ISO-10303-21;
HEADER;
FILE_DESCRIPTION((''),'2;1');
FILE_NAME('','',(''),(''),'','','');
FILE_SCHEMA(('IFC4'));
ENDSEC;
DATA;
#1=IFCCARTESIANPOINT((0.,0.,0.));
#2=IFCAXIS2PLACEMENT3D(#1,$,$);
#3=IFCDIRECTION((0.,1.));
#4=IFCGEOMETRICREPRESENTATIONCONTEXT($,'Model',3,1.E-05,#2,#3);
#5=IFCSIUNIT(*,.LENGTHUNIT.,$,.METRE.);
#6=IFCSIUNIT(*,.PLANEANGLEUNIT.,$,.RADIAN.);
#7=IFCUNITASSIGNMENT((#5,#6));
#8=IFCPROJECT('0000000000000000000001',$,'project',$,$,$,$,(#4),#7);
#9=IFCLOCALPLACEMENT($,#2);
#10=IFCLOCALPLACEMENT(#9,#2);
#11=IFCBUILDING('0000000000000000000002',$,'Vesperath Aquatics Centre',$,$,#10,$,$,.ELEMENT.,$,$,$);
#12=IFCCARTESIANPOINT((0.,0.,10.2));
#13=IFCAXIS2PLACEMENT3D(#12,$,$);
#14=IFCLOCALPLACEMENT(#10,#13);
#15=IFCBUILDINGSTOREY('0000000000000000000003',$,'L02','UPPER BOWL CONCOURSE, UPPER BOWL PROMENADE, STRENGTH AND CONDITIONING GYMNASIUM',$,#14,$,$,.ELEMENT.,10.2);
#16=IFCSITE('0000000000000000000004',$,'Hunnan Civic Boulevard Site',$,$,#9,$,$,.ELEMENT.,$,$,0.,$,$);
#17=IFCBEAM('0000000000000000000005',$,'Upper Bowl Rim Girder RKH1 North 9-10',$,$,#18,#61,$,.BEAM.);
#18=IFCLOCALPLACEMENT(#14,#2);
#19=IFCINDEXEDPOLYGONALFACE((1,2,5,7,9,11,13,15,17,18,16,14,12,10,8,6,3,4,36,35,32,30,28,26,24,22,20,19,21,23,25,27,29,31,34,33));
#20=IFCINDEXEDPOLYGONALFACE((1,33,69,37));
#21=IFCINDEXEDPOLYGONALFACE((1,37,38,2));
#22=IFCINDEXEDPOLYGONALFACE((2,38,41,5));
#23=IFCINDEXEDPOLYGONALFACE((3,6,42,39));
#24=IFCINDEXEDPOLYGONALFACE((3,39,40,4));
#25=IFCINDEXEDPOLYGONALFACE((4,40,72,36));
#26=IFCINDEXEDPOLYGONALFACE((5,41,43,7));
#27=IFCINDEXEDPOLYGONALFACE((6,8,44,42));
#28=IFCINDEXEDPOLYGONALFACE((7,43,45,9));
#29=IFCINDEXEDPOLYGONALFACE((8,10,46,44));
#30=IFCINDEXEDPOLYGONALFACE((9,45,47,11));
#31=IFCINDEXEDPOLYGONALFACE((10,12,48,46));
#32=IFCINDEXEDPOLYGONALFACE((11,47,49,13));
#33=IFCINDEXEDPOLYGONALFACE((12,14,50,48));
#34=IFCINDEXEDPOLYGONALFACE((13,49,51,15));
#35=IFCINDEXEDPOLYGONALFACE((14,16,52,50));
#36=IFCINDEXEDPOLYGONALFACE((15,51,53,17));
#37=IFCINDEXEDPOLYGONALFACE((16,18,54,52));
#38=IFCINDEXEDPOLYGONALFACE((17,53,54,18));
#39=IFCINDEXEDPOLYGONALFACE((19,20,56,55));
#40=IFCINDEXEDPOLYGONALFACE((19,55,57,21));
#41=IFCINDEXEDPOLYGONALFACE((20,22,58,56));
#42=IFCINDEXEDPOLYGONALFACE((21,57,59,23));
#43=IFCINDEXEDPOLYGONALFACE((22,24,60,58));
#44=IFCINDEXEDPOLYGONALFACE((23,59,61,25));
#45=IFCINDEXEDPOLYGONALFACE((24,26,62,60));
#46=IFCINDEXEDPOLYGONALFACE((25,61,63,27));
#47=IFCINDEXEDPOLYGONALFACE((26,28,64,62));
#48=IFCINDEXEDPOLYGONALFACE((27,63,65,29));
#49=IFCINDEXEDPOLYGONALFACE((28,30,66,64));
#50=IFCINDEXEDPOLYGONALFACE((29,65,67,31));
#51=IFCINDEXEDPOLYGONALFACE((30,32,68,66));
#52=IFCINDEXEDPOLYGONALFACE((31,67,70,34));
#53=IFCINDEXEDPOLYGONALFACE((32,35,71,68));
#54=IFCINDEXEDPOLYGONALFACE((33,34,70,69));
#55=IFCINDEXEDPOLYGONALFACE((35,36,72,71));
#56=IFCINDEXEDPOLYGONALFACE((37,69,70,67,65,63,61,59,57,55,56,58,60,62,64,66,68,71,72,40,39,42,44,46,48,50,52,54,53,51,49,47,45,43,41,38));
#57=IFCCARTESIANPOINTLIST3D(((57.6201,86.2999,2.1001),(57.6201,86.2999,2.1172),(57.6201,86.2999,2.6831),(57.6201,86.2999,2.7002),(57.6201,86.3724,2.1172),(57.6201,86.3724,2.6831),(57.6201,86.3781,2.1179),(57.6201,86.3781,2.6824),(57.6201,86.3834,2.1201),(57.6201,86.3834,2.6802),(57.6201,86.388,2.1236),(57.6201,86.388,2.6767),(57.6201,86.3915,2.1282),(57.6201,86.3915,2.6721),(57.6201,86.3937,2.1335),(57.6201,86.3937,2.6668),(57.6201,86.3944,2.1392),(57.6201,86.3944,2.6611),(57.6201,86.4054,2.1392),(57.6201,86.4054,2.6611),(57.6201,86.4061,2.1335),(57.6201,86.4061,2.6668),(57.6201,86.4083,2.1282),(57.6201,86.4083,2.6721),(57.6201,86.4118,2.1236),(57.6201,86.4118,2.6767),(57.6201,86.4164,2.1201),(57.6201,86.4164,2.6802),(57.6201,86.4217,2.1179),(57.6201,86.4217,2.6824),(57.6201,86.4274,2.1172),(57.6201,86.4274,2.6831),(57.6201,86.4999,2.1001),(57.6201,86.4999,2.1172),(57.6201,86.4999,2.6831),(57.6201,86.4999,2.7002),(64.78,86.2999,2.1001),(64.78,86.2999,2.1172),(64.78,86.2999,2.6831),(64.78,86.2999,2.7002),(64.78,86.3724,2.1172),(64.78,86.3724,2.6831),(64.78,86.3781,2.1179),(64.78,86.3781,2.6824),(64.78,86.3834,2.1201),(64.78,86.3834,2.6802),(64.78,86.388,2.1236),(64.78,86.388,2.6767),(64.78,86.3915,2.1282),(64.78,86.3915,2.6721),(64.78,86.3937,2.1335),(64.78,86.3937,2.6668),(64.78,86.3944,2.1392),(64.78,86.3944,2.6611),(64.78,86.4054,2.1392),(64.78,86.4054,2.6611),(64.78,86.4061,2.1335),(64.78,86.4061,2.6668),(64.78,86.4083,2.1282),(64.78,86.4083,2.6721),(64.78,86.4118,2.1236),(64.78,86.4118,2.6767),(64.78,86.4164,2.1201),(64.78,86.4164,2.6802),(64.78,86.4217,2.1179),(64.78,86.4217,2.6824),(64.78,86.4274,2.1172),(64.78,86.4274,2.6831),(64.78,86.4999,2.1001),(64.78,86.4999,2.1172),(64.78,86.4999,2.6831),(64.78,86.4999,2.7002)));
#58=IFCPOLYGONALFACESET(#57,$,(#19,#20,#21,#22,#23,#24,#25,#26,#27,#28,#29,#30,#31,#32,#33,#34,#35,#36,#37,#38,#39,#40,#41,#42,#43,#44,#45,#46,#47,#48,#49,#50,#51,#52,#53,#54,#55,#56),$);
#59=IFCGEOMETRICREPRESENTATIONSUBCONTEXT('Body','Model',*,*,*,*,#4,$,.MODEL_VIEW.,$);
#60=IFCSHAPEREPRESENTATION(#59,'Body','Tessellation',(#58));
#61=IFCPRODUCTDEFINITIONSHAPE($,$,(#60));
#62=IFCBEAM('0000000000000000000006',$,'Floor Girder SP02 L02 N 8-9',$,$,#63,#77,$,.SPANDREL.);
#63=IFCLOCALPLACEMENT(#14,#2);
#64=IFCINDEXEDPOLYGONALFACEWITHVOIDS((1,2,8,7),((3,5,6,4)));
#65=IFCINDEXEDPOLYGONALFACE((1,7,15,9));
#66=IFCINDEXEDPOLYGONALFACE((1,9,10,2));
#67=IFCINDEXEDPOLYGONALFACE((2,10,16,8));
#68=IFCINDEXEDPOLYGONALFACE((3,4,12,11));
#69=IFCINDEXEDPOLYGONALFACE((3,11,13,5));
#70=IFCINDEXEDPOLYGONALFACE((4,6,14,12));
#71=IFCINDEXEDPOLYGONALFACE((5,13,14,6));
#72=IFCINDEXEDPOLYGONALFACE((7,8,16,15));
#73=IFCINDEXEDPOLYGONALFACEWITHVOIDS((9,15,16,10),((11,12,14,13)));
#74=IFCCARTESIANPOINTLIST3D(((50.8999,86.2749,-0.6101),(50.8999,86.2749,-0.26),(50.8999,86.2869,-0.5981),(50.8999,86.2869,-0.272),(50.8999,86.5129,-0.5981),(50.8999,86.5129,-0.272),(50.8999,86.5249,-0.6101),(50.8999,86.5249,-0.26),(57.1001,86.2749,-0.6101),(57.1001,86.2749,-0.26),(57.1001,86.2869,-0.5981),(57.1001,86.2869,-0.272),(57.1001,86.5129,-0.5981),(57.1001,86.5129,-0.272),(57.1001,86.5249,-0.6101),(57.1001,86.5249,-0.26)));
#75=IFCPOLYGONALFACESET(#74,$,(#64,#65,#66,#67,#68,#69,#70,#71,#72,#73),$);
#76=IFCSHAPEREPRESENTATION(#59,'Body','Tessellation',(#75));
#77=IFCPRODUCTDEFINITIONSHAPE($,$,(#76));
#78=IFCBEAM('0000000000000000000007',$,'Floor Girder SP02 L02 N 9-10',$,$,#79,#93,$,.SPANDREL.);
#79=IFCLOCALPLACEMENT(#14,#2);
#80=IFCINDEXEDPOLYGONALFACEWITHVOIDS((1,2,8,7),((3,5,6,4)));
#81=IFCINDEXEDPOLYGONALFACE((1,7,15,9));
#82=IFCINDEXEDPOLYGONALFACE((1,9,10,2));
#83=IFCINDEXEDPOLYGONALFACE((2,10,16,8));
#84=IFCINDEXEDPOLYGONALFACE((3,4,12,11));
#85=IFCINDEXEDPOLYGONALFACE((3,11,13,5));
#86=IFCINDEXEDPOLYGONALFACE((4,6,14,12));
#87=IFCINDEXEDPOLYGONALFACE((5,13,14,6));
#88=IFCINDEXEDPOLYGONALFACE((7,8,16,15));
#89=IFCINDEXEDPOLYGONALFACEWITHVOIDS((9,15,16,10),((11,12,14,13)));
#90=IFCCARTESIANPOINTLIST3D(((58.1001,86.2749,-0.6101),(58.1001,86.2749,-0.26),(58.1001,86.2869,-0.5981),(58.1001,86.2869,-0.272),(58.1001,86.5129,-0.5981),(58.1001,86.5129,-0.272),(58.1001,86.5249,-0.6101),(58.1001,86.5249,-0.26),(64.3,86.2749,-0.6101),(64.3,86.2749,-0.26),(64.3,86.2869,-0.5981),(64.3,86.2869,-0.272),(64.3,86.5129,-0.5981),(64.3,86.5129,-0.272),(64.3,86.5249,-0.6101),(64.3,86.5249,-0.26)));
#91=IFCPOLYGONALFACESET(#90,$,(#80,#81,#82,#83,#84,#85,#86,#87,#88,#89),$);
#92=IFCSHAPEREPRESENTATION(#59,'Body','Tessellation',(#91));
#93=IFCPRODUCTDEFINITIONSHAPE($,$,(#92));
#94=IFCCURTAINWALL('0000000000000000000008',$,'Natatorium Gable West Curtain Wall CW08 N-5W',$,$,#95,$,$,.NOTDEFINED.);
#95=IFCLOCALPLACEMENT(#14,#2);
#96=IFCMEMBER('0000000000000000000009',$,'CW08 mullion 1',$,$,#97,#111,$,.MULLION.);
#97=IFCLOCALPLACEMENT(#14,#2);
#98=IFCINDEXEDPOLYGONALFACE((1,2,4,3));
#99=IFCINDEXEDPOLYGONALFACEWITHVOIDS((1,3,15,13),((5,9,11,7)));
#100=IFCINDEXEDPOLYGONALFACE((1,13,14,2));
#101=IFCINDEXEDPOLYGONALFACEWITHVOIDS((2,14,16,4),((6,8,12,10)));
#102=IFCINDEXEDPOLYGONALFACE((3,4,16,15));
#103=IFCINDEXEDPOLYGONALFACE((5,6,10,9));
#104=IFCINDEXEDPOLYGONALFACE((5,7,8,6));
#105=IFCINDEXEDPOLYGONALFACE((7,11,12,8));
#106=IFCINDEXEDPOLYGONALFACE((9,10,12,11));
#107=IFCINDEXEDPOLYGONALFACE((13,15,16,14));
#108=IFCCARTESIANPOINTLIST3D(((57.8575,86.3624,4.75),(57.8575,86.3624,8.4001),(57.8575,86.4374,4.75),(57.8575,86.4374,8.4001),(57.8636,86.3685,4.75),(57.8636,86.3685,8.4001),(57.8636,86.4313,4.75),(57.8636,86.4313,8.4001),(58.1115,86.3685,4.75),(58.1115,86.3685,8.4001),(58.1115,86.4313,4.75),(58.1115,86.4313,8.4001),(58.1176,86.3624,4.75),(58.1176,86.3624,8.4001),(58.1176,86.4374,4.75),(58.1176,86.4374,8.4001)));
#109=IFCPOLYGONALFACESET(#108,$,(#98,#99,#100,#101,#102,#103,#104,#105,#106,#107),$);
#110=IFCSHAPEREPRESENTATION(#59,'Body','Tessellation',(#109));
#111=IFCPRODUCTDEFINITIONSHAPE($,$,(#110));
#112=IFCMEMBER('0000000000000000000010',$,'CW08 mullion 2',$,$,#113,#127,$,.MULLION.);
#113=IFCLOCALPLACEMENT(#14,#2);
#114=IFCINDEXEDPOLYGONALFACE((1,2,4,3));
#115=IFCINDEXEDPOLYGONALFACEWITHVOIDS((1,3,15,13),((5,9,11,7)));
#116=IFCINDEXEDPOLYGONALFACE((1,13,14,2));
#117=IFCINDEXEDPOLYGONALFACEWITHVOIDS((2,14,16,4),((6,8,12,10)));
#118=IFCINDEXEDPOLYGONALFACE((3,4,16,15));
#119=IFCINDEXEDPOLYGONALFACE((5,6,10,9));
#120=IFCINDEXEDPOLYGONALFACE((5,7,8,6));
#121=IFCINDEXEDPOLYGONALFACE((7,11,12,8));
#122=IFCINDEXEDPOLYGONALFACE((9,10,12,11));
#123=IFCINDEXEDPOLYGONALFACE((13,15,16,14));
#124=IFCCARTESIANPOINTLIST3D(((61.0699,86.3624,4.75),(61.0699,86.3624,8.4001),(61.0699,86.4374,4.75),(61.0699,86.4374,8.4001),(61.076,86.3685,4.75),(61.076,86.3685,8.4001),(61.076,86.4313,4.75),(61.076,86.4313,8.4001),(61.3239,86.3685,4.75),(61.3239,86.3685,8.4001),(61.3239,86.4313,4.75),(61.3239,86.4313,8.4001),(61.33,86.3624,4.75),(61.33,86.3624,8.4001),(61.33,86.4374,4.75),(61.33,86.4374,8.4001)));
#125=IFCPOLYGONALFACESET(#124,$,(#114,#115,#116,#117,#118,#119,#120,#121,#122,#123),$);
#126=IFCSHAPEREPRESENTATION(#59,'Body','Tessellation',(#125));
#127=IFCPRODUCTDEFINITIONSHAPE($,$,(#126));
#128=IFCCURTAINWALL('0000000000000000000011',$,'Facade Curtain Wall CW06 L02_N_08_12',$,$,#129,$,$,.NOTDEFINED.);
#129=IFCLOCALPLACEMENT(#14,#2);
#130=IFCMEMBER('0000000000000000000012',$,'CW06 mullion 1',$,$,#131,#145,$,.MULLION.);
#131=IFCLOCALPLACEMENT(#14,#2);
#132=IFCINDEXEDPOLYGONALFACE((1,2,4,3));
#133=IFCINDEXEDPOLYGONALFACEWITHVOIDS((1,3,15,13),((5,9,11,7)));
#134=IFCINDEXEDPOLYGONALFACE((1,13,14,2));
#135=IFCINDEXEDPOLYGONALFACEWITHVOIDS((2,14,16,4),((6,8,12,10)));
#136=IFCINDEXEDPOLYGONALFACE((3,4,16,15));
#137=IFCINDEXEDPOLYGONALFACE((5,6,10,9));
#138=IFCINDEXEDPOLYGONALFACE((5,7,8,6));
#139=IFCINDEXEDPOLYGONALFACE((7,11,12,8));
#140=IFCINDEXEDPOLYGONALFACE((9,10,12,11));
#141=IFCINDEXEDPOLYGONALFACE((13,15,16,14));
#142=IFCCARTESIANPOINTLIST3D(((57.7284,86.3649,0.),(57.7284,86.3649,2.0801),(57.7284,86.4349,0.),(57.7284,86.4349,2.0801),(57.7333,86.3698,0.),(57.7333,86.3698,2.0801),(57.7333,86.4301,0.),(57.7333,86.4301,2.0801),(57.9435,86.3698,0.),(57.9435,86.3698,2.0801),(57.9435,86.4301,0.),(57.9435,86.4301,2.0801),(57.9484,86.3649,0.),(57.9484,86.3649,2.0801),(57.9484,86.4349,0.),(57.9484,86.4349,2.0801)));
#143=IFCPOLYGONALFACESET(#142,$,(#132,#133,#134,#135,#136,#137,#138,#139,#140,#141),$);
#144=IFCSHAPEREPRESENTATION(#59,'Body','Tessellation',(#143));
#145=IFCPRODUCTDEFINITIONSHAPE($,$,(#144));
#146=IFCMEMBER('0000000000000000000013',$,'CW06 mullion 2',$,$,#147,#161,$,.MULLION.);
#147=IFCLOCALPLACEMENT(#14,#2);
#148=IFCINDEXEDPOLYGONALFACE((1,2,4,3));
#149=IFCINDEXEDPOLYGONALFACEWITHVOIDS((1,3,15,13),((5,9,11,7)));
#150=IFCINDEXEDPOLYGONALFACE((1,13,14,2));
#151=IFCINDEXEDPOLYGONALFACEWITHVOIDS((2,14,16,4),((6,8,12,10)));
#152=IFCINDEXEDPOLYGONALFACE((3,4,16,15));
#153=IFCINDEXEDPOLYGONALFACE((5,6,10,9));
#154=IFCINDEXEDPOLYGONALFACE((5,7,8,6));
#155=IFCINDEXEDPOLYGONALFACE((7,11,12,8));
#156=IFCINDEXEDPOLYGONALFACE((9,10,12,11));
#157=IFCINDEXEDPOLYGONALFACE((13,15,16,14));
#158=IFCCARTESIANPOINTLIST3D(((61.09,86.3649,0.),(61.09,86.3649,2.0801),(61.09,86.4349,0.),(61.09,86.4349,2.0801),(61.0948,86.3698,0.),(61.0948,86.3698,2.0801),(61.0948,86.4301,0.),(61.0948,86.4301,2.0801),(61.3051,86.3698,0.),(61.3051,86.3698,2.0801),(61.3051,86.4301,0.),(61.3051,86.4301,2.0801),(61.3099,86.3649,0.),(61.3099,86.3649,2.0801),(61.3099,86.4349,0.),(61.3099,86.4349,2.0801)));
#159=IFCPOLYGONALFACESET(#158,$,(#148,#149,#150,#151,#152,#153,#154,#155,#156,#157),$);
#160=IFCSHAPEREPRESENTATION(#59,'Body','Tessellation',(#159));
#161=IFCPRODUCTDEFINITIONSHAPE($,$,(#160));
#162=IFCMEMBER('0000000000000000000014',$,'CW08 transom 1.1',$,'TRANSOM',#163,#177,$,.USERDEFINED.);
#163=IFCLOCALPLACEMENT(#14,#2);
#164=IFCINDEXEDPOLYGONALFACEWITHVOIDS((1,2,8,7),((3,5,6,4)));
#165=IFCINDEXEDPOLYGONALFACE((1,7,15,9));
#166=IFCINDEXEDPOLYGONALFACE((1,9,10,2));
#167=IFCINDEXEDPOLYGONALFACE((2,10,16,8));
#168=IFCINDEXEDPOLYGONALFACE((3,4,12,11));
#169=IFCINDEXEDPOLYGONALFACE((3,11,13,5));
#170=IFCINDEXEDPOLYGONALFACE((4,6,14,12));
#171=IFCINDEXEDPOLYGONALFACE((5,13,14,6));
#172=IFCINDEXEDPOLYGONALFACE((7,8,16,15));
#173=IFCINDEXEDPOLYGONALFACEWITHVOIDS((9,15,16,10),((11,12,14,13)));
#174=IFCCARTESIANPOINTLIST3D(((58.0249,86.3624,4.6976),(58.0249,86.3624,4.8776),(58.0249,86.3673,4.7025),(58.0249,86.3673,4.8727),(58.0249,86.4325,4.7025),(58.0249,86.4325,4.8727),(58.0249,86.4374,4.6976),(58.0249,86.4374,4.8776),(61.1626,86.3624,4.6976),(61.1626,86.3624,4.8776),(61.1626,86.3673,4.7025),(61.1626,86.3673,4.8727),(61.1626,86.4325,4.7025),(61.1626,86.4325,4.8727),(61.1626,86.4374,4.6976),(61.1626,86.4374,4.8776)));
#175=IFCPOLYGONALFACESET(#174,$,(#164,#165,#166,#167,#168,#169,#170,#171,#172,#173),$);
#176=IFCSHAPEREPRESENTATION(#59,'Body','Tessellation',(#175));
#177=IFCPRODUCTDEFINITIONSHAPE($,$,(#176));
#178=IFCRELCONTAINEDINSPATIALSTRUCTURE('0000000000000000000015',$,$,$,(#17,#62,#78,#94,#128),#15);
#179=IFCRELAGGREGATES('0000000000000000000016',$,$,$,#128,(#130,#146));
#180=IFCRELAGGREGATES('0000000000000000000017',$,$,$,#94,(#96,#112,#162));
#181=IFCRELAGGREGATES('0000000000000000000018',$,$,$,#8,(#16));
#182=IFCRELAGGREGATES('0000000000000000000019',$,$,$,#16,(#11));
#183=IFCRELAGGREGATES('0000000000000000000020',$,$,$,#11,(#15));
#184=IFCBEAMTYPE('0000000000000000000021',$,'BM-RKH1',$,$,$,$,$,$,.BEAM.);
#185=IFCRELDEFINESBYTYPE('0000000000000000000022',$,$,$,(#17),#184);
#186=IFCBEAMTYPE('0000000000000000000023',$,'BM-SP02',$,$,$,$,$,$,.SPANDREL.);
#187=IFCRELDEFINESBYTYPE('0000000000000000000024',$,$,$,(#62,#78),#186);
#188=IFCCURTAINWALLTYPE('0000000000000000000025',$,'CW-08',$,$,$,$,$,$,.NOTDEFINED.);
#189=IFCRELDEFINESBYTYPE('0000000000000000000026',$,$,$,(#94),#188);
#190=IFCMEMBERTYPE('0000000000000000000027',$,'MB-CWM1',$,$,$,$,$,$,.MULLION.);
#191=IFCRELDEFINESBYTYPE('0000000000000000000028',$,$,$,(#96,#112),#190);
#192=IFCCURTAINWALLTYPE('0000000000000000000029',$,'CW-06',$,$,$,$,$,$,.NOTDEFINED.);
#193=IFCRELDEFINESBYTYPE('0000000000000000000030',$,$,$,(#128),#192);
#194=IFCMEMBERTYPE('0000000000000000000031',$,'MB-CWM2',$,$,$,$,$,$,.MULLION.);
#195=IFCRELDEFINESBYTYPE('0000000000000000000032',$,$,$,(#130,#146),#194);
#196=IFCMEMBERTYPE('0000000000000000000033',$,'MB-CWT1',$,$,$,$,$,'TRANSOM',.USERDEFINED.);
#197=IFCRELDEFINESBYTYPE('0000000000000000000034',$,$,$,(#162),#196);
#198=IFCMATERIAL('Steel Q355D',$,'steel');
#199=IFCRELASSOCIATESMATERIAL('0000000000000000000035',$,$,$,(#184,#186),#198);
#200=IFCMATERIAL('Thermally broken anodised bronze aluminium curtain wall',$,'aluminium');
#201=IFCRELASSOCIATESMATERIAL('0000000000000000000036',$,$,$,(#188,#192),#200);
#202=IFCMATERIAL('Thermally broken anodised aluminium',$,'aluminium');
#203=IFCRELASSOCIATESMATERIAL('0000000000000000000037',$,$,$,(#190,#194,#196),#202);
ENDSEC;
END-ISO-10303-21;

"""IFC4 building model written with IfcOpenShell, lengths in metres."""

from ifc_helpers import new_model, si_unit, direction, frame, origin, origin_2d, place, context, subcontext, project, spatial, hollow_rectangle, i_section, extrude, material, material_profile, profile_set, type_object, element, aggregate, save


model = new_model("IFC4")

# Units and contexts
model_context = context("Model", 3, precision=1e-05, world=origin(), true_north=direction((0.0, 1.0)))
body_context = subcontext(model_context, "Body", "Model", "MODEL_VIEW")
ifc_project = project(units=[si_unit("LENGTHUNIT", "METRE"), si_unit("PLANEANGLEUNIT", "RADIAN")], contexts=[model_context])

# Site, building, storey
site_placement = place(None, origin())
site = spatial("IfcSite", under=ifc_project, at=site_placement, Name="Hunnan Civic Boulevard Site", CompositionType="ELEMENT", RefElevation=0.0)
building_placement = place(site_placement, origin())
building = spatial("IfcBuilding", under=site, at=building_placement, Name="Vesperath Aquatics Centre", CompositionType="ELEMENT")
storey_placement = place(building_placement, frame((0.0, 0.0, 10.2)))
storey = spatial("IfcBuildingStorey", under=building, at=storey_placement, Name="L02", Description="UPPER BOWL CONCOURSE, UPPER BOWL PROMENADE, STRENGTH AND CONDITIONING GYMNASIUM", CompositionType="ELEMENT", Elevation=10.2)

# Shared definitions
ifc_material_1 = material(Name="Steel Q355D", Category="steel")

# Beams
ifc_material_profile_1 = material_profile(ifc_material_1, i_section(OverallWidth=0.2, OverallDepth=0.6001, WebThickness=0.011, FlangeThickness=0.0171, FilletRadius=0.022, at=origin_2d()), Name="HN 600x200x11x17")
ifc_profile_set_1 = profile_set([ifc_material_profile_1], Name="Steel Q355D")
beam_type_1 = type_object("IfcBeamType", Name="BM-RKH1", PredefinedType="BEAM", material=ifc_profile_set_1)
beam_1_placement = place(storey_placement, frame((57.6201, 86.3999, 2.4001), z_axis=(1.0, 0.0, 0.0), x_axis=(0.0, 1.0, 0.0)))
element("IfcBeam", 1, at=beam_1_placement, inside=storey, type_object=beam_type_1, Name="Upper Bowl Rim Girder RKH1 North 9-10", PredefinedType="BEAM", context=body_context, shape_type="SweptSolid", body=[
    extrude(i_section(OverallWidth=0.2, OverallDepth=0.6001, WebThickness=0.011, FlangeThickness=0.0171, FilletRadius=0.022, at=origin_2d()), origin(), (0.0, 0.0, 1.0), 7.1599),
])
ifc_material_profile_2 = material_profile(ifc_material_1, hollow_rectangle(XDim=0.25, YDim=0.3501, WallThickness=0.012, at=origin_2d()), Name="RHS 350x250x12")
ifc_profile_set_2 = profile_set([ifc_material_profile_2], Name="Steel Q355D")
beam_type_2 = type_object("IfcBeamType", Name="BM-SP02", PredefinedType="SPANDREL", material=ifc_profile_set_2)
beam_2_placement = place(storey_placement, frame((50.8999, 86.3999, -0.4351), z_axis=(1.0, 0.0, 0.0), x_axis=(0.0, 1.0, 0.0)))
element("IfcBeam", 2, at=beam_2_placement, inside=storey, type_object=beam_type_2, Name="Floor Girder SP02 L02 N 8-9", PredefinedType="SPANDREL", context=body_context, shape_type="SweptSolid", body=[
    extrude(hollow_rectangle(XDim=0.25, YDim=0.3501, WallThickness=0.012, at=origin_2d()), origin(), (0.0, 0.0, 1.0), 6.2002),
])
beam_3_placement = place(storey_placement, frame((58.1001, 86.3999, -0.4351), z_axis=(1.0, 0.0, 0.0), x_axis=(0.0, 1.0, 0.0)))
element("IfcBeam", 3, at=beam_3_placement, inside=storey, type_object=beam_type_2, Name="Floor Girder SP02 L02 N 9-10", PredefinedType="SPANDREL", context=body_context, shape_type="SweptSolid", body=[
    extrude(hollow_rectangle(XDim=0.25, YDim=0.3501, WallThickness=0.012, at=origin_2d()), origin(), (0.0, 0.0, 1.0), 6.2),
])

# Curtain walls, members
ifc_material_2 = material(Name="Thermally broken anodised bronze aluminium curtain wall", Category="aluminium")
curtain_wall_type_1 = type_object("IfcCurtainWallType", Name="CW-08", PredefinedType="NOTDEFINED", material=ifc_material_2)
curtain_wall_1_placement = place(storey_placement, origin())
curtain_wall_1 = element("IfcCurtainWall", 4, at=curtain_wall_1_placement, inside=storey, type_object=curtain_wall_type_1, Name="Natatorium Gable West Curtain Wall CW08 N-5W", PredefinedType="NOTDEFINED")
ifc_material_3 = material(Name="Thermally broken anodised aluminium", Category="aluminium")
ifc_material_profile_3 = material_profile(ifc_material_3, hollow_rectangle(XDim=0.075, YDim=0.26, WallThickness=0.0061, at=origin_2d()), Name="CWM 75x260x6")
ifc_profile_set_3 = profile_set([ifc_material_profile_3], Name="Thermally broken anodised aluminium")
member_type_1 = type_object("IfcMemberType", Name="MB-CWM1", PredefinedType="MULLION", material=ifc_profile_set_3)
member_1_placement = place(storey_placement, frame((57.9875, 86.3999, 4.75), z_axis=(0.0, 0.0, 1.0), x_axis=(0.0, 1.0, 0.0)))
member_1 = element("IfcMember", 5, at=member_1_placement, type_object=member_type_1, Name="CW08 mullion 1", PredefinedType="MULLION", context=body_context, shape_type="SweptSolid", body=[
    extrude(hollow_rectangle(XDim=0.075, YDim=0.26, WallThickness=0.0061, at=origin_2d()), origin(), (0.0, 0.0, 1.0), 3.6501),
])
member_2_placement = place(storey_placement, frame((61.2, 86.3999, 4.75), z_axis=(0.0, 0.0, 1.0), x_axis=(0.0, 1.0, 0.0)))
member_2 = element("IfcMember", 6, at=member_2_placement, type_object=member_type_1, Name="CW08 mullion 2", PredefinedType="MULLION", context=body_context, shape_type="SweptSolid", body=[
    extrude(hollow_rectangle(XDim=0.075, YDim=0.26, WallThickness=0.0061, at=origin_2d()), origin(), (0.0, 0.0, 1.0), 3.6501),
])
curtain_wall_type_2 = type_object("IfcCurtainWallType", Name="CW-06", PredefinedType="NOTDEFINED", material=ifc_material_2)
curtain_wall_2_placement = place(storey_placement, origin())
curtain_wall_2 = element("IfcCurtainWall", 7, at=curtain_wall_2_placement, inside=storey, type_object=curtain_wall_type_2, Name="Facade Curtain Wall CW06 L02_N_08_12", PredefinedType="NOTDEFINED")
ifc_material_profile_4 = material_profile(ifc_material_3, hollow_rectangle(XDim=0.0701, YDim=0.22, WallThickness=0.0049, at=origin_2d()), Name="CWM 70x220x5")
ifc_profile_set_4 = profile_set([ifc_material_profile_4], Name="Thermally broken anodised aluminium")
member_type_2 = type_object("IfcMemberType", Name="MB-CWM2", PredefinedType="MULLION", material=ifc_profile_set_4)
member_3_placement = place(storey_placement, frame((57.8384, 86.3999, 0.0), z_axis=(0.0, 0.0, 1.0), x_axis=(0.0, 1.0, 0.0)))
member_3 = element("IfcMember", 8, at=member_3_placement, type_object=member_type_2, Name="CW06 mullion 1", PredefinedType="MULLION", context=body_context, shape_type="SweptSolid", body=[
    extrude(hollow_rectangle(XDim=0.0701, YDim=0.22, WallThickness=0.0049, at=origin_2d()), origin(), (0.0, 0.0, 1.0), 2.0801),
])
member_4_placement = place(storey_placement, frame((61.2, 86.3999, 0.0), z_axis=(0.0, 0.0, 1.0), x_axis=(0.0, 1.0, 0.0)))
member_4 = element("IfcMember", 9, at=member_4_placement, type_object=member_type_2, Name="CW06 mullion 2", PredefinedType="MULLION", context=body_context, shape_type="SweptSolid", body=[
    extrude(hollow_rectangle(XDim=0.0701, YDim=0.22, WallThickness=0.0049, at=origin_2d()), origin(), (0.0, 0.0, 1.0), 2.0801),
])

# Member
ifc_material_profile_5 = material_profile(ifc_material_3, hollow_rectangle(XDim=0.075, YDim=0.1799, WallThickness=0.0049, at=origin_2d()), Name="CWT 75x180x5")
ifc_profile_set_5 = profile_set([ifc_material_profile_5], Name="Thermally broken anodised aluminium")
member_type_3 = type_object("IfcMemberType", Name="MB-CWT1", ElementType="TRANSOM", PredefinedType="USERDEFINED", material=ifc_profile_set_5)
member_5_placement = place(storey_placement, frame((58.0249, 86.3999, 4.7876), z_axis=(1.0, 0.0, 0.0), x_axis=(0.0, 1.0, 0.0)))
member_5 = element("IfcMember", 10, at=member_5_placement, type_object=member_type_3, Name="CW08 transom 1.1", ObjectType="TRANSOM", PredefinedType="USERDEFINED", context=body_context, shape_type="SweptSolid", body=[
    extrude(hollow_rectangle(XDim=0.075, YDim=0.1799, WallThickness=0.0049, at=origin_2d()), origin(), (0.0, 0.0, 1.0), 3.1377),
])

aggregate(curtain_wall_2, [member_3, member_4])
aggregate(curtain_wall_1, [member_1, member_2, member_5])

save(model, "model.ifc")
